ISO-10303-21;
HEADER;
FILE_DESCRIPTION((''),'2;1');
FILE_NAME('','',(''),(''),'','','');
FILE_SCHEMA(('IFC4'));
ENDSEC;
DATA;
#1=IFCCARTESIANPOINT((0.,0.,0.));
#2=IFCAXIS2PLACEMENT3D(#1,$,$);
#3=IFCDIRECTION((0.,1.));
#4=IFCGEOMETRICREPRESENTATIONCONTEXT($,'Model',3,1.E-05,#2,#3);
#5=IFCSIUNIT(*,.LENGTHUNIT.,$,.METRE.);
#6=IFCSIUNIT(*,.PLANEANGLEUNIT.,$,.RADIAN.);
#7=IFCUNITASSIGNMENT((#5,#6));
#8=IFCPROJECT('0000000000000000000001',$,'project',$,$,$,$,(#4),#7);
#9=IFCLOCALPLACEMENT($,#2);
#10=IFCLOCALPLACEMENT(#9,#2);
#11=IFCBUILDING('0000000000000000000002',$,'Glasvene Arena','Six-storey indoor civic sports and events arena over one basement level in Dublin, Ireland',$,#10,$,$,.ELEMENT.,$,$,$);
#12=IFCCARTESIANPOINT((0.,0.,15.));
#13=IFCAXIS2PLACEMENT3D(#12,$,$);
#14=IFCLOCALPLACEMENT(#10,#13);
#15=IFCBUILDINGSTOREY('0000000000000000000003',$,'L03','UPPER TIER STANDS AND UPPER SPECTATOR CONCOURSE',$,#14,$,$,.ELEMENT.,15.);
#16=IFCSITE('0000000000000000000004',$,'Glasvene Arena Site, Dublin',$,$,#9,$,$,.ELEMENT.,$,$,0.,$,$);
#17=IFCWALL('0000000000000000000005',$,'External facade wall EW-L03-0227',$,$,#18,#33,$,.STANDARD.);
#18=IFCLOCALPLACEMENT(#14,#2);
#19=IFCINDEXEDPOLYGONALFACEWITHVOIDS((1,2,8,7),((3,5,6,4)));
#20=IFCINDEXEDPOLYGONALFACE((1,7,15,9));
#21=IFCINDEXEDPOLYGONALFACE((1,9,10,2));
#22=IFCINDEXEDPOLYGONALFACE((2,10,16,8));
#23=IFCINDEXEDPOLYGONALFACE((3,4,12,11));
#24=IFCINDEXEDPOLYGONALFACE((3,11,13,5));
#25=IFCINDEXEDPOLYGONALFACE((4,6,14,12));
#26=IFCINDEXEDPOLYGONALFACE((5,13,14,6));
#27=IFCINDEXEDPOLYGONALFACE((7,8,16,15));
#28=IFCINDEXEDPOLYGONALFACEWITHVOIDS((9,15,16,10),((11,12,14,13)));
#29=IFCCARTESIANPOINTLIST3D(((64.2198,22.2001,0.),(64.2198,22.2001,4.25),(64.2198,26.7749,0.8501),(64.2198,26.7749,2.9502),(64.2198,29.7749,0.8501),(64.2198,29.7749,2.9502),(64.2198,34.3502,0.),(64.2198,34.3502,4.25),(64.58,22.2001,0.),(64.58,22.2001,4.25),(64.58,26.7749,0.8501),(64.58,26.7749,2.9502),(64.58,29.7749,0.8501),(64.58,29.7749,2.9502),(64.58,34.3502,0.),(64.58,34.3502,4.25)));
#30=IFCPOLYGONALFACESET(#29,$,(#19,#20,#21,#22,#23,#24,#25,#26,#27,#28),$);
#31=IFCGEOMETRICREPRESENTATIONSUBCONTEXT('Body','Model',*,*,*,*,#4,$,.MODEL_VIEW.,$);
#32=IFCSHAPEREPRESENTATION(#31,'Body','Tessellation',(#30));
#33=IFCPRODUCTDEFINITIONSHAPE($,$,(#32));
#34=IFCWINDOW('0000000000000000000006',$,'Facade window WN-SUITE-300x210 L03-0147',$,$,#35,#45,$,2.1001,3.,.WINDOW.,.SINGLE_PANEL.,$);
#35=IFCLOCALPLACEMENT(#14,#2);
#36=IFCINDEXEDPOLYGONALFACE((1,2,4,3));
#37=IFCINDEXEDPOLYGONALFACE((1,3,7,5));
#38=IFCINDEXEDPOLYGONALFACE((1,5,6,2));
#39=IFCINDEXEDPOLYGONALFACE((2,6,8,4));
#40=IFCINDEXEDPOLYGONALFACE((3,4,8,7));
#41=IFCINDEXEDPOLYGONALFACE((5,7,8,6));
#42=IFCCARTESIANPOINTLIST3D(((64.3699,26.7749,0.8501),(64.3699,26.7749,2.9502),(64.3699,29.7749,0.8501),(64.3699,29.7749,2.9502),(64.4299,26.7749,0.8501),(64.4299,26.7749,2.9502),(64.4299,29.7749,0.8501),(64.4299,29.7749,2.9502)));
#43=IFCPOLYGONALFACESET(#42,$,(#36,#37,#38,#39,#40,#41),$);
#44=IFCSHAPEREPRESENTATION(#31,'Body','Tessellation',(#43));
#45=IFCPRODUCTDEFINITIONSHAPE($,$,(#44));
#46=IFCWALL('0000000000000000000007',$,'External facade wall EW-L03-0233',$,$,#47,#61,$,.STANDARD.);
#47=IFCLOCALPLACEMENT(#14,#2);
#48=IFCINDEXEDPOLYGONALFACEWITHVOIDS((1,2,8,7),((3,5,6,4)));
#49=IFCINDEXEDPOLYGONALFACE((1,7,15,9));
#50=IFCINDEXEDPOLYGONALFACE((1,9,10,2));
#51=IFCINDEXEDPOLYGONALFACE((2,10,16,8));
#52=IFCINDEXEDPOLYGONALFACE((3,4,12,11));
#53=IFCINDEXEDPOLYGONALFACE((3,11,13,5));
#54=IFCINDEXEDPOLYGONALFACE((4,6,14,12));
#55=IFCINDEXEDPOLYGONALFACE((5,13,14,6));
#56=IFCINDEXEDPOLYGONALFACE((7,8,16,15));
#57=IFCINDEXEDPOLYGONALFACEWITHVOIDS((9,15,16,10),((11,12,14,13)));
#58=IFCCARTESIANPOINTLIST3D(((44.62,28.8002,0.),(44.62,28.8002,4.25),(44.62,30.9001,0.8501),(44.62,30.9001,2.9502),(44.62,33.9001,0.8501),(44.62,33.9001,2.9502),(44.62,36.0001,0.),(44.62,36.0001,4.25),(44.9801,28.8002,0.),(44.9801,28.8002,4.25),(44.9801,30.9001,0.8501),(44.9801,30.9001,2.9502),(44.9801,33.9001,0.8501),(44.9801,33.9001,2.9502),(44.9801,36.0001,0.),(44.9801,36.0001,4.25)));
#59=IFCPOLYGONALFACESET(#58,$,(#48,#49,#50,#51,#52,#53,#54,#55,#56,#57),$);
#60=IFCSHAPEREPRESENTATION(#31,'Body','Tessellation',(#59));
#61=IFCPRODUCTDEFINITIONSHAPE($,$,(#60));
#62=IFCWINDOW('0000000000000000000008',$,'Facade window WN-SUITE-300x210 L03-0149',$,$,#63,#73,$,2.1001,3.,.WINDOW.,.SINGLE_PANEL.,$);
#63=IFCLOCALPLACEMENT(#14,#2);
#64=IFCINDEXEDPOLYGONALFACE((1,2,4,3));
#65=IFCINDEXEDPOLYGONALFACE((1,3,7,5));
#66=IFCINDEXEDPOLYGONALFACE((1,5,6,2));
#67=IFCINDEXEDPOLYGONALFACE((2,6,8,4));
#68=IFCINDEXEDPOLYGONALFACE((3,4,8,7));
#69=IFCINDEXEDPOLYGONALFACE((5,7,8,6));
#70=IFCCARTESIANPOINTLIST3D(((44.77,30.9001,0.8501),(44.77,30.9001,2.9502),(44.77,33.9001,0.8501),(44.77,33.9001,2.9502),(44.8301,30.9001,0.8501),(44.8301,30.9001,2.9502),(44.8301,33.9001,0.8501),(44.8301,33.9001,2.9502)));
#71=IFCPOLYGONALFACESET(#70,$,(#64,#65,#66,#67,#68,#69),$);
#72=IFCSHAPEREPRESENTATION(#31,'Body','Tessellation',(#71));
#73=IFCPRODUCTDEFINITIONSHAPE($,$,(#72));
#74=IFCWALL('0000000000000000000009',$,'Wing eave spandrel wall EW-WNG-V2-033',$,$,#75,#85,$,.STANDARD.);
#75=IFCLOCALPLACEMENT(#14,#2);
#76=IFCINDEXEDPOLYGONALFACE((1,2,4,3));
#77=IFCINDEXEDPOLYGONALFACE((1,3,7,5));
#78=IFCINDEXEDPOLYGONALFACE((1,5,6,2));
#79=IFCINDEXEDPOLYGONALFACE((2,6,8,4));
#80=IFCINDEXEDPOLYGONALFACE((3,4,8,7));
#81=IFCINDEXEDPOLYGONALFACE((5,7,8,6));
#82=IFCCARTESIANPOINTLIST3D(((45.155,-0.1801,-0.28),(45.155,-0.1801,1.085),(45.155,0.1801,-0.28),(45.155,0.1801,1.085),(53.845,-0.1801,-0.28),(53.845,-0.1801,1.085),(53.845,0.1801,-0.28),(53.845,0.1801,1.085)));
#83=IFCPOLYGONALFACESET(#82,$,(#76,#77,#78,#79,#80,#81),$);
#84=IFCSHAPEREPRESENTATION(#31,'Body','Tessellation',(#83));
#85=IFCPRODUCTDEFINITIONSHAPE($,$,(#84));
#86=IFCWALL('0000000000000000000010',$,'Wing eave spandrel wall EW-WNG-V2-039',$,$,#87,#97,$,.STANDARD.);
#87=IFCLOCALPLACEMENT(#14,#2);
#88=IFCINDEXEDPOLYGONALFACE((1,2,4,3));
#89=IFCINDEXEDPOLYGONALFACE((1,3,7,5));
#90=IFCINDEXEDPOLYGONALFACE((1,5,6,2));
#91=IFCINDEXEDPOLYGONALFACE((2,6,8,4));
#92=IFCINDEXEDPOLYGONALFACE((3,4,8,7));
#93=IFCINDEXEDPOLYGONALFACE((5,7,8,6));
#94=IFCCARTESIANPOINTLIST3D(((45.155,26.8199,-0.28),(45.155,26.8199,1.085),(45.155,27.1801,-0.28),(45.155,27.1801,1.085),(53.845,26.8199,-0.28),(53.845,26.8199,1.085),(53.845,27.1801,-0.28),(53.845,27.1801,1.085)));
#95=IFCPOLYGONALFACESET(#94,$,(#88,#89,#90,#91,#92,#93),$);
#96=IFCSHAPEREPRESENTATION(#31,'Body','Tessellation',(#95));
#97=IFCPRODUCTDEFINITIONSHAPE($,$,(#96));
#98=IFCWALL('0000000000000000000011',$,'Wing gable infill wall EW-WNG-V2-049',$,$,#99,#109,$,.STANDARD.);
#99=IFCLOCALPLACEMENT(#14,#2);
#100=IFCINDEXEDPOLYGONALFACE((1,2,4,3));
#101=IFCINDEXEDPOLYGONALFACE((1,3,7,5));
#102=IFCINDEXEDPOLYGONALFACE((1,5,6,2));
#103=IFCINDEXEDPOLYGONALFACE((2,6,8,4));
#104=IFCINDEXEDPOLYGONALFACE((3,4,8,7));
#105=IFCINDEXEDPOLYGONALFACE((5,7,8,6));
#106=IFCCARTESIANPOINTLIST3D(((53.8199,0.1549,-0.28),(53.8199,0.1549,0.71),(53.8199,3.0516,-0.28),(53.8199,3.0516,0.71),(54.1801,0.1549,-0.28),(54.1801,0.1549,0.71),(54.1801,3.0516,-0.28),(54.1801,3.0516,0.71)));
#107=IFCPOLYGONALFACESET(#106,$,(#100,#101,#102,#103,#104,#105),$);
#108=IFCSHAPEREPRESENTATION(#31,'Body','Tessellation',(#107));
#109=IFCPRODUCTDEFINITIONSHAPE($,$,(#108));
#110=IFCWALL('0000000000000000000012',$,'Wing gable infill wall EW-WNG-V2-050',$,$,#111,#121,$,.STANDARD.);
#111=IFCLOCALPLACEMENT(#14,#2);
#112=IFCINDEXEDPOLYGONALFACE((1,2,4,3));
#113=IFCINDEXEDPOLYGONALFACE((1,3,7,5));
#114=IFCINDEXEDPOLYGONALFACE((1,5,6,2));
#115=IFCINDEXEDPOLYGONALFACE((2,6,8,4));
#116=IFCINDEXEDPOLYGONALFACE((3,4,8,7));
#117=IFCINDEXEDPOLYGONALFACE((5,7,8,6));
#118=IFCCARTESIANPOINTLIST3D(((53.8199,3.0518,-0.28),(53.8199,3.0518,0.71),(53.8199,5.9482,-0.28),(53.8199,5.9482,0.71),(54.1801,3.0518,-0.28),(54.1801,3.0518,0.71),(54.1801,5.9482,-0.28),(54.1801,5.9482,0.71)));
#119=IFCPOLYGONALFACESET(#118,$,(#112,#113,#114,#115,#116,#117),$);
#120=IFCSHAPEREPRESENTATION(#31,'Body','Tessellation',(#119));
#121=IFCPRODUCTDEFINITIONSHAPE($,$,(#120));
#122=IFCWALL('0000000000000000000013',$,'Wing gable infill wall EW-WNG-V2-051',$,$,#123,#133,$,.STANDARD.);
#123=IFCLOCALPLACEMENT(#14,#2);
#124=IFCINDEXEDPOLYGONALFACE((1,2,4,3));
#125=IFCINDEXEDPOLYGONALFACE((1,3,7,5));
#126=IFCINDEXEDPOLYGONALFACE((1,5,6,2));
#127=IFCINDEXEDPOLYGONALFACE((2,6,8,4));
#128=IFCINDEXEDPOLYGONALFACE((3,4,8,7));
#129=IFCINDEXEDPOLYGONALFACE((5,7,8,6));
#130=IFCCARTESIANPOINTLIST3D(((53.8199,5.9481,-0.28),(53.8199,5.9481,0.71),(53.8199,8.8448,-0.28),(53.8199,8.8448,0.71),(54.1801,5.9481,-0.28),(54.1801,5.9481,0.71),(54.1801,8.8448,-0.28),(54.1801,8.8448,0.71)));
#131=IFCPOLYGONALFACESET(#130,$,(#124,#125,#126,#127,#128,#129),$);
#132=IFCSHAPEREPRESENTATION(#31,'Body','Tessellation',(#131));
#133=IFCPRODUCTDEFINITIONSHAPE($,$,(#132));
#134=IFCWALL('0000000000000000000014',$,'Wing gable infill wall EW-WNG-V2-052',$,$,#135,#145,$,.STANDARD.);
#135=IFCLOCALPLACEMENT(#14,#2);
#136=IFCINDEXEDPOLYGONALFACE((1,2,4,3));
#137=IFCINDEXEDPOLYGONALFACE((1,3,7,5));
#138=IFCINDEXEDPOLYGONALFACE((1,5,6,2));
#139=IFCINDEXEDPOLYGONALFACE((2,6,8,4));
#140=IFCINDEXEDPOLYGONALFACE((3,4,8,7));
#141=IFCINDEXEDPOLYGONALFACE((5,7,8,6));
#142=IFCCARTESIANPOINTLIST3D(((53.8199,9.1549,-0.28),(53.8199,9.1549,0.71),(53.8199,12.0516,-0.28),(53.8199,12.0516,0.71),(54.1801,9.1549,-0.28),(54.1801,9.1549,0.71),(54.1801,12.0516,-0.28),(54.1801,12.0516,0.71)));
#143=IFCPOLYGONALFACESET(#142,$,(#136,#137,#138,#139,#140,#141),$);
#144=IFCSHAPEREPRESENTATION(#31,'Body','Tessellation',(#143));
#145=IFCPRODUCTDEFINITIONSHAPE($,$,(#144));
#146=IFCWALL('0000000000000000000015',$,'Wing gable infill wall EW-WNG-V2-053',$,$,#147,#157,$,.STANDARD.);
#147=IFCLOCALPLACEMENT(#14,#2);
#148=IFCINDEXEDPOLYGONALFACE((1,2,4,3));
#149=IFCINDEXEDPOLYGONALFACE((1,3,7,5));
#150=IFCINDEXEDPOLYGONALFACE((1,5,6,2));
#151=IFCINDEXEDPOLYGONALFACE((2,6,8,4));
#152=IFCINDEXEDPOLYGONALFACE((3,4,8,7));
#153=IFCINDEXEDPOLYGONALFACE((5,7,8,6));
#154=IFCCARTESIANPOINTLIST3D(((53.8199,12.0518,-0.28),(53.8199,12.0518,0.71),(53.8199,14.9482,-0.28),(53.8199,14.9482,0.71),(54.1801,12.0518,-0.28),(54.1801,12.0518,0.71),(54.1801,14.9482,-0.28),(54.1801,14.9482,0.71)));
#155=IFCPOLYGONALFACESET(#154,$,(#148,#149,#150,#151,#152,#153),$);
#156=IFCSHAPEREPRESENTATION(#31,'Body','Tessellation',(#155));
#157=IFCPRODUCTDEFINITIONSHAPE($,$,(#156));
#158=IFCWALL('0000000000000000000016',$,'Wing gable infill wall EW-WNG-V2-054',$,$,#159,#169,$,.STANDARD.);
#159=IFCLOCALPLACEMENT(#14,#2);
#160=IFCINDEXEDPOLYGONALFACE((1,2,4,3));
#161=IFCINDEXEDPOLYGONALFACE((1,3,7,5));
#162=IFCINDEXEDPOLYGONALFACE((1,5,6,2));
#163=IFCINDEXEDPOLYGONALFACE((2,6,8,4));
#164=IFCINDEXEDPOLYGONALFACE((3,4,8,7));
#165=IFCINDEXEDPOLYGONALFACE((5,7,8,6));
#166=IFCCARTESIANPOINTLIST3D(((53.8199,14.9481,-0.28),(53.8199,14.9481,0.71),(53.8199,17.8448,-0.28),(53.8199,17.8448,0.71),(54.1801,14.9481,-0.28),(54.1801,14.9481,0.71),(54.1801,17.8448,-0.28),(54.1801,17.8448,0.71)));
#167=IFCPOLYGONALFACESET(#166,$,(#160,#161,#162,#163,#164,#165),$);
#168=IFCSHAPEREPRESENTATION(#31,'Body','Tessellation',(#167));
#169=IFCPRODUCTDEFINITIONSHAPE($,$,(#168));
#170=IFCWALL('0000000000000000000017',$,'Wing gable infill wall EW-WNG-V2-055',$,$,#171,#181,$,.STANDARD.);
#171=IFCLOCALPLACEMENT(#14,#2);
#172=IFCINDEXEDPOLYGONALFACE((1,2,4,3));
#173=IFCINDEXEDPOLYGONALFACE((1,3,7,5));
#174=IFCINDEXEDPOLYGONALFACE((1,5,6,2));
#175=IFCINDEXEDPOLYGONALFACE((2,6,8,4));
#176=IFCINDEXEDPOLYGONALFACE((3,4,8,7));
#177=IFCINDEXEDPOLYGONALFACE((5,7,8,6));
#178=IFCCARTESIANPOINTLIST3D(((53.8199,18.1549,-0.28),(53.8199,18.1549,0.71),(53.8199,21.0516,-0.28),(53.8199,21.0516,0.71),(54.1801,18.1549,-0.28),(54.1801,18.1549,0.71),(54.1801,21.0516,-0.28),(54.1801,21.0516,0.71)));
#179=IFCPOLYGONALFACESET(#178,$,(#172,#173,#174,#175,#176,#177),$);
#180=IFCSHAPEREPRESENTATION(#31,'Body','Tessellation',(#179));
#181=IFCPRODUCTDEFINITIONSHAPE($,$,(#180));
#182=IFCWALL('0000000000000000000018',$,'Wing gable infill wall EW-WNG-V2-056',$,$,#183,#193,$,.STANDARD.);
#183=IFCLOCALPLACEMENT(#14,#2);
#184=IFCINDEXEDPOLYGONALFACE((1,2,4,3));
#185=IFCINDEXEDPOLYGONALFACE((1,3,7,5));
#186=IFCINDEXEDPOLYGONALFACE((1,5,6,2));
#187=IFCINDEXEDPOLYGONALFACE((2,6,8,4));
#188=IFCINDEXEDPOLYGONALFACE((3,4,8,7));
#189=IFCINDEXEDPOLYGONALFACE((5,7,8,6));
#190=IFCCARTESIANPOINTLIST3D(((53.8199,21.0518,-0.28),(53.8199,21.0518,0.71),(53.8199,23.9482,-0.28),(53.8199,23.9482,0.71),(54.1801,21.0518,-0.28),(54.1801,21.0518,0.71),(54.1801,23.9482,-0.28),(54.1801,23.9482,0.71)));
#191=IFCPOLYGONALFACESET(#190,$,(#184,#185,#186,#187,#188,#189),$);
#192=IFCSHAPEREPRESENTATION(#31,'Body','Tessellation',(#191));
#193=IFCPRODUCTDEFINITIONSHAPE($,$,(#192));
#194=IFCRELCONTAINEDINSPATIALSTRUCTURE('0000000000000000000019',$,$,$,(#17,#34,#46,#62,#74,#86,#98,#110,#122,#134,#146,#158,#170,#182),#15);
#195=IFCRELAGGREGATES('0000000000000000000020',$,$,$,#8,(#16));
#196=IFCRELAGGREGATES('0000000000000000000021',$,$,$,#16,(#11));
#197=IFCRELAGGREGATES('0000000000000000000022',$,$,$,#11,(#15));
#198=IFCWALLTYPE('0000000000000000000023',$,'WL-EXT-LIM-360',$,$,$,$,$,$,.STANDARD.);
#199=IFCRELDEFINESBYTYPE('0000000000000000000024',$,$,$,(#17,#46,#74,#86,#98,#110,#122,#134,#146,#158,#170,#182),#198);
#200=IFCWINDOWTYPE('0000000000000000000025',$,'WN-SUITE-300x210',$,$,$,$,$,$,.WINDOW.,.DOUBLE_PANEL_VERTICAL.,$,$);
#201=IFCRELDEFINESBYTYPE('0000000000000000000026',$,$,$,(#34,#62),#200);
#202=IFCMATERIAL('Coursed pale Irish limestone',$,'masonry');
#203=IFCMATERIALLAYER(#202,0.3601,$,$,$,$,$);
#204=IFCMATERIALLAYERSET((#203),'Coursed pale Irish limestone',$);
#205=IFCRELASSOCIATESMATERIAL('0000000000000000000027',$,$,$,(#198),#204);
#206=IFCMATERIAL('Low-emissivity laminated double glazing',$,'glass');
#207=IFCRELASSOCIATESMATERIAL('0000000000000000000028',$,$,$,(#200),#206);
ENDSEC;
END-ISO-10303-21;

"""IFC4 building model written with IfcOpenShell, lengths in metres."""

from ifc_helpers import new_model, si_unit, direction, frame, frame_2d, origin, place, context, subcontext, project, spatial, rectangle, extrude, material, layer, layer_set, type_object, element, fill, save


model = new_model("IFC4")

# Units and contexts
model_context = context("Model", 3, precision=1e-05, world=origin(), true_north=direction((0.0, 1.0)))
body_context = subcontext(model_context, "Body", "Model", "MODEL_VIEW")
ifc_project = project(units=[si_unit("LENGTHUNIT", "METRE"), si_unit("PLANEANGLEUNIT", "RADIAN")], contexts=[model_context])

# Site, building, storey
site_placement = place(None, origin())
site = spatial("IfcSite", under=ifc_project, at=site_placement, Name="Glasvene Arena Site, Dublin", CompositionType="ELEMENT", RefElevation=0.0)
building_placement = place(site_placement, origin())
building = spatial("IfcBuilding", under=site, at=building_placement, Name="Glasvene Arena", Description="Six-storey indoor civic sports and events arena over one basement level in Dublin, Ireland", CompositionType="ELEMENT")
storey_placement = place(building_placement, frame((0.0, 0.0, 15.0)))
storey = spatial("IfcBuildingStorey", under=building, at=storey_placement, Name="L03", Description="UPPER TIER STANDS AND UPPER SPECTATOR CONCOURSE", CompositionType="ELEMENT", Elevation=15.0)

# Walls, openings, windows
ifc_material_1 = material(Name="Coursed pale Irish limestone", Category="masonry")
ifc_layer_1 = layer(ifc_material_1, 0.3601)
ifc_layer_set_1 = layer_set([ifc_layer_1], Name="Coursed pale Irish limestone")
wall_type_1 = type_object("IfcWallType", Name="WL-EXT-LIM-360", PredefinedType="STANDARD", material=ifc_layer_set_1)
wall_1_placement = place(storey_placement, frame((64.3999, 22.2, 0.0), z_axis=(0.0, 0.0, 1.0), x_axis=(0.0, 1.0, 0.0)))
wall_1 = element("IfcWall", 1, at=wall_1_placement, inside=storey, type_object=wall_type_1, Name="External facade wall EW-L03-0227", PredefinedType="STANDARD", context=body_context, shape_type="SweptSolid", body=[
    extrude(rectangle(XDim=12.1501, YDim=0.3601, at=frame_2d((6.0752, 0.0))), origin(), (0.0, 0.0, 1.0), 4.25),
])
opening_1_placement = place(wall_1_placement, frame((4.575, 0.0, 0.8501)))
opening_1 = element("IfcOpeningElement", 2, at=opening_1_placement, cuts=wall_1, PredefinedType="OPENING", context=body_context, shape_type="SweptSolid", body=[
    extrude(rectangle(XDim=3.0, YDim=2.1001, at=frame_2d((1.5, 1.05))), frame((0.0, 0.1899, 0.0), z_axis=(0.0, -1.0, 0.0), x_axis=(1.0, 0.0, 0.0)), (0.0, 0.0, 1.0), 0.3801),
])
ifc_material_2 = material(Name="Low-emissivity laminated double glazing", Category="glass")
window_type = type_object("IfcWindowType", Name="WN-SUITE-300x210", PartitioningType="DOUBLE_PANEL_VERTICAL", PredefinedType="WINDOW", material=ifc_material_2)
window_1_placement = place(opening_1_placement, origin())
window_1 = element("IfcWindow", 3, at=window_1_placement, inside=storey, type_object=window_type, Name="Facade window WN-SUITE-300x210 L03-0147", OverallHeight=2.1001, OverallWidth=3.0, PartitioningType="SINGLE_PANEL", PredefinedType="WINDOW", context=body_context, shape_type="SweptSolid", body=[
    extrude(rectangle(XDim=3.0, YDim=2.1001, at=frame_2d((1.5, 1.05))), frame((0.0, 0.03, 0.0), z_axis=(0.0, -1.0, 0.0), x_axis=(1.0, 0.0, 0.0)), (0.0, 0.0, 1.0), 0.0601),
])
fill(opening_1, window_1)
wall_2_placement = place(storey_placement, frame((44.8, 28.8, 0.0), z_axis=(0.0, 0.0, 1.0), x_axis=(0.0, 1.0, 0.0)))
wall_2 = element("IfcWall", 4, at=wall_2_placement, inside=storey, type_object=wall_type_1, Name="External facade wall EW-L03-0233", PredefinedType="STANDARD", context=body_context, shape_type="SweptSolid", body=[
    extrude(rectangle(XDim=7.2, YDim=0.3601, at=frame_2d((3.6001, 0.0))), origin(), (0.0, 0.0, 1.0), 4.25),
])
opening_2_placement = place(wall_2_placement, frame((2.1001, 0.0, 0.8501)))
opening_2 = element("IfcOpeningElement", 5, at=opening_2_placement, cuts=wall_2, PredefinedType="OPENING", context=body_context, shape_type="SweptSolid", body=[
    extrude(rectangle(XDim=3.0, YDim=2.1001, at=frame_2d((1.5, 1.05))), frame((0.0, 0.1899, 0.0), z_axis=(0.0, -1.0, 0.0), x_axis=(1.0, 0.0, 0.0)), (0.0, 0.0, 1.0), 0.3801),
])
window_2_placement = place(opening_2_placement, origin())
window_2 = element("IfcWindow", 6, at=window_2_placement, inside=storey, type_object=window_type, Name="Facade window WN-SUITE-300x210 L03-0149", OverallHeight=2.1001, OverallWidth=3.0, PartitioningType="SINGLE_PANEL", PredefinedType="WINDOW", context=body_context, shape_type="SweptSolid", body=[
    extrude(rectangle(XDim=3.0, YDim=2.1001, at=frame_2d((1.5, 1.05))), frame((0.0, 0.03, 0.0), z_axis=(0.0, -1.0, 0.0), x_axis=(1.0, 0.0, 0.0)), (0.0, 0.0, 1.0), 0.0601),
])
fill(opening_2, window_2)

# Walls
for number, where, z_axis, x_axis, name in (
    (7, (45.155, 0.0, -0.28), (0.0, 0.0, 1.0), (1.0, 0.0, 0.0), "Wing eave spandrel wall EW-WNG-V2-033"),
    (8, (45.155, 27.0, -0.28), (0.0, 0.0, 1.0), (1.0, 0.0, 0.0), "Wing eave spandrel wall EW-WNG-V2-039"),
):
    element("IfcWall", number, at=place(storey_placement, frame(where, z_axis=z_axis, x_axis=x_axis)), inside=storey, type_object=wall_type_1, Name=name, PredefinedType="STANDARD", context=body_context, shape_type="SweptSolid", body=[
        extrude(rectangle(XDim=8.6899, YDim=0.3601, at=frame_2d((4.345, 0.0))), origin(), (0.0, 0.0, 1.0), 1.365),
    ])
wall_3_placement = place(storey_placement, frame((54.0, 0.155, -0.28), z_axis=(0.0, 0.0, 1.0), x_axis=(0.0, 1.0, 0.0)))
element("IfcWall", 9, at=wall_3_placement, inside=storey, type_object=wall_type_1, Name="Wing gable infill wall EW-WNG-V2-049", PredefinedType="STANDARD", context=body_context, shape_type="SweptSolid", body=[
    extrude(rectangle(XDim=2.8967, YDim=0.3601, at=frame_2d((1.4482, 0.0))), origin(), (0.0, 0.0, 1.0), 0.99),
])
wall_4_placement = place(storey_placement, frame((54.0, 3.0518, -0.28), z_axis=(0.0, 0.0, 1.0), x_axis=(0.0, 1.0, 0.0)))
element("IfcWall", 10, at=wall_4_placement, inside=storey, type_object=wall_type_1, Name="Wing gable infill wall EW-WNG-V2-050", PredefinedType="STANDARD", context=body_context, shape_type="SweptSolid", body=[
    extrude(rectangle(XDim=2.8965, YDim=0.3601, at=frame_2d((1.4482, 0.0))), origin(), (0.0, 0.0, 1.0), 0.99),
])
for number, where, z_axis, x_axis, name in (
    (11, (54.0, 5.9482, -0.28), (0.0, 0.0, 1.0), (0.0, 1.0, 0.0), "Wing gable infill wall EW-WNG-V2-051"),
    (12, (54.0, 9.155, -0.28), (0.0, 0.0, 1.0), (0.0, 1.0, 0.0), "Wing gable infill wall EW-WNG-V2-052"),
):
    element("IfcWall", number, at=place(storey_placement, frame(where, z_axis=z_axis, x_axis=x_axis)), inside=storey, type_object=wall_type_1, Name=name, PredefinedType="STANDARD", context=body_context, shape_type="SweptSolid", body=[
        extrude(rectangle(XDim=2.8967, YDim=0.3601, at=frame_2d((1.4482, 0.0))), origin(), (0.0, 0.0, 1.0), 0.99),
    ])
wall_5_placement = place(storey_placement, frame((54.0, 12.0518, -0.28), z_axis=(0.0, 0.0, 1.0), x_axis=(0.0, 1.0, 0.0)))
element("IfcWall", 13, at=wall_5_placement, inside=storey, type_object=wall_type_1, Name="Wing gable infill wall EW-WNG-V2-053", PredefinedType="STANDARD", context=body_context, shape_type="SweptSolid", body=[
    extrude(rectangle(XDim=2.8965, YDim=0.3601, at=frame_2d((1.4482, 0.0))), origin(), (0.0, 0.0, 1.0), 0.99),
])
for number, where, z_axis, x_axis, name in (
    (14, (54.0, 14.9482, -0.28), (0.0, 0.0, 1.0), (0.0, 1.0, 0.0), "Wing gable infill wall EW-WNG-V2-054"),
    (15, (54.0, 18.155, -0.28), (0.0, 0.0, 1.0), (0.0, 1.0, 0.0), "Wing gable infill wall EW-WNG-V2-055"),
):
    element("IfcWall", number, at=place(storey_placement, frame(where, z_axis=z_axis, x_axis=x_axis)), inside=storey, type_object=wall_type_1, Name=name, PredefinedType="STANDARD", context=body_context, shape_type="SweptSolid", body=[
        extrude(rectangle(XDim=2.8967, YDim=0.3601, at=frame_2d((1.4482, 0.0))), origin(), (0.0, 0.0, 1.0), 0.99),
    ])
wall_6_placement = place(storey_placement, frame((54.0, 21.0518, -0.28), z_axis=(0.0, 0.0, 1.0), x_axis=(0.0, 1.0, 0.0)))
element("IfcWall", 16, at=wall_6_placement, inside=storey, type_object=wall_type_1, Name="Wing gable infill wall EW-WNG-V2-056", PredefinedType="STANDARD", context=body_context, shape_type="SweptSolid", body=[
    extrude(rectangle(XDim=2.8965, YDim=0.3601, at=frame_2d((1.4482, 0.0))), origin(), (0.0, 0.0, 1.0), 0.99),
])

save(model, "model.ifc")
